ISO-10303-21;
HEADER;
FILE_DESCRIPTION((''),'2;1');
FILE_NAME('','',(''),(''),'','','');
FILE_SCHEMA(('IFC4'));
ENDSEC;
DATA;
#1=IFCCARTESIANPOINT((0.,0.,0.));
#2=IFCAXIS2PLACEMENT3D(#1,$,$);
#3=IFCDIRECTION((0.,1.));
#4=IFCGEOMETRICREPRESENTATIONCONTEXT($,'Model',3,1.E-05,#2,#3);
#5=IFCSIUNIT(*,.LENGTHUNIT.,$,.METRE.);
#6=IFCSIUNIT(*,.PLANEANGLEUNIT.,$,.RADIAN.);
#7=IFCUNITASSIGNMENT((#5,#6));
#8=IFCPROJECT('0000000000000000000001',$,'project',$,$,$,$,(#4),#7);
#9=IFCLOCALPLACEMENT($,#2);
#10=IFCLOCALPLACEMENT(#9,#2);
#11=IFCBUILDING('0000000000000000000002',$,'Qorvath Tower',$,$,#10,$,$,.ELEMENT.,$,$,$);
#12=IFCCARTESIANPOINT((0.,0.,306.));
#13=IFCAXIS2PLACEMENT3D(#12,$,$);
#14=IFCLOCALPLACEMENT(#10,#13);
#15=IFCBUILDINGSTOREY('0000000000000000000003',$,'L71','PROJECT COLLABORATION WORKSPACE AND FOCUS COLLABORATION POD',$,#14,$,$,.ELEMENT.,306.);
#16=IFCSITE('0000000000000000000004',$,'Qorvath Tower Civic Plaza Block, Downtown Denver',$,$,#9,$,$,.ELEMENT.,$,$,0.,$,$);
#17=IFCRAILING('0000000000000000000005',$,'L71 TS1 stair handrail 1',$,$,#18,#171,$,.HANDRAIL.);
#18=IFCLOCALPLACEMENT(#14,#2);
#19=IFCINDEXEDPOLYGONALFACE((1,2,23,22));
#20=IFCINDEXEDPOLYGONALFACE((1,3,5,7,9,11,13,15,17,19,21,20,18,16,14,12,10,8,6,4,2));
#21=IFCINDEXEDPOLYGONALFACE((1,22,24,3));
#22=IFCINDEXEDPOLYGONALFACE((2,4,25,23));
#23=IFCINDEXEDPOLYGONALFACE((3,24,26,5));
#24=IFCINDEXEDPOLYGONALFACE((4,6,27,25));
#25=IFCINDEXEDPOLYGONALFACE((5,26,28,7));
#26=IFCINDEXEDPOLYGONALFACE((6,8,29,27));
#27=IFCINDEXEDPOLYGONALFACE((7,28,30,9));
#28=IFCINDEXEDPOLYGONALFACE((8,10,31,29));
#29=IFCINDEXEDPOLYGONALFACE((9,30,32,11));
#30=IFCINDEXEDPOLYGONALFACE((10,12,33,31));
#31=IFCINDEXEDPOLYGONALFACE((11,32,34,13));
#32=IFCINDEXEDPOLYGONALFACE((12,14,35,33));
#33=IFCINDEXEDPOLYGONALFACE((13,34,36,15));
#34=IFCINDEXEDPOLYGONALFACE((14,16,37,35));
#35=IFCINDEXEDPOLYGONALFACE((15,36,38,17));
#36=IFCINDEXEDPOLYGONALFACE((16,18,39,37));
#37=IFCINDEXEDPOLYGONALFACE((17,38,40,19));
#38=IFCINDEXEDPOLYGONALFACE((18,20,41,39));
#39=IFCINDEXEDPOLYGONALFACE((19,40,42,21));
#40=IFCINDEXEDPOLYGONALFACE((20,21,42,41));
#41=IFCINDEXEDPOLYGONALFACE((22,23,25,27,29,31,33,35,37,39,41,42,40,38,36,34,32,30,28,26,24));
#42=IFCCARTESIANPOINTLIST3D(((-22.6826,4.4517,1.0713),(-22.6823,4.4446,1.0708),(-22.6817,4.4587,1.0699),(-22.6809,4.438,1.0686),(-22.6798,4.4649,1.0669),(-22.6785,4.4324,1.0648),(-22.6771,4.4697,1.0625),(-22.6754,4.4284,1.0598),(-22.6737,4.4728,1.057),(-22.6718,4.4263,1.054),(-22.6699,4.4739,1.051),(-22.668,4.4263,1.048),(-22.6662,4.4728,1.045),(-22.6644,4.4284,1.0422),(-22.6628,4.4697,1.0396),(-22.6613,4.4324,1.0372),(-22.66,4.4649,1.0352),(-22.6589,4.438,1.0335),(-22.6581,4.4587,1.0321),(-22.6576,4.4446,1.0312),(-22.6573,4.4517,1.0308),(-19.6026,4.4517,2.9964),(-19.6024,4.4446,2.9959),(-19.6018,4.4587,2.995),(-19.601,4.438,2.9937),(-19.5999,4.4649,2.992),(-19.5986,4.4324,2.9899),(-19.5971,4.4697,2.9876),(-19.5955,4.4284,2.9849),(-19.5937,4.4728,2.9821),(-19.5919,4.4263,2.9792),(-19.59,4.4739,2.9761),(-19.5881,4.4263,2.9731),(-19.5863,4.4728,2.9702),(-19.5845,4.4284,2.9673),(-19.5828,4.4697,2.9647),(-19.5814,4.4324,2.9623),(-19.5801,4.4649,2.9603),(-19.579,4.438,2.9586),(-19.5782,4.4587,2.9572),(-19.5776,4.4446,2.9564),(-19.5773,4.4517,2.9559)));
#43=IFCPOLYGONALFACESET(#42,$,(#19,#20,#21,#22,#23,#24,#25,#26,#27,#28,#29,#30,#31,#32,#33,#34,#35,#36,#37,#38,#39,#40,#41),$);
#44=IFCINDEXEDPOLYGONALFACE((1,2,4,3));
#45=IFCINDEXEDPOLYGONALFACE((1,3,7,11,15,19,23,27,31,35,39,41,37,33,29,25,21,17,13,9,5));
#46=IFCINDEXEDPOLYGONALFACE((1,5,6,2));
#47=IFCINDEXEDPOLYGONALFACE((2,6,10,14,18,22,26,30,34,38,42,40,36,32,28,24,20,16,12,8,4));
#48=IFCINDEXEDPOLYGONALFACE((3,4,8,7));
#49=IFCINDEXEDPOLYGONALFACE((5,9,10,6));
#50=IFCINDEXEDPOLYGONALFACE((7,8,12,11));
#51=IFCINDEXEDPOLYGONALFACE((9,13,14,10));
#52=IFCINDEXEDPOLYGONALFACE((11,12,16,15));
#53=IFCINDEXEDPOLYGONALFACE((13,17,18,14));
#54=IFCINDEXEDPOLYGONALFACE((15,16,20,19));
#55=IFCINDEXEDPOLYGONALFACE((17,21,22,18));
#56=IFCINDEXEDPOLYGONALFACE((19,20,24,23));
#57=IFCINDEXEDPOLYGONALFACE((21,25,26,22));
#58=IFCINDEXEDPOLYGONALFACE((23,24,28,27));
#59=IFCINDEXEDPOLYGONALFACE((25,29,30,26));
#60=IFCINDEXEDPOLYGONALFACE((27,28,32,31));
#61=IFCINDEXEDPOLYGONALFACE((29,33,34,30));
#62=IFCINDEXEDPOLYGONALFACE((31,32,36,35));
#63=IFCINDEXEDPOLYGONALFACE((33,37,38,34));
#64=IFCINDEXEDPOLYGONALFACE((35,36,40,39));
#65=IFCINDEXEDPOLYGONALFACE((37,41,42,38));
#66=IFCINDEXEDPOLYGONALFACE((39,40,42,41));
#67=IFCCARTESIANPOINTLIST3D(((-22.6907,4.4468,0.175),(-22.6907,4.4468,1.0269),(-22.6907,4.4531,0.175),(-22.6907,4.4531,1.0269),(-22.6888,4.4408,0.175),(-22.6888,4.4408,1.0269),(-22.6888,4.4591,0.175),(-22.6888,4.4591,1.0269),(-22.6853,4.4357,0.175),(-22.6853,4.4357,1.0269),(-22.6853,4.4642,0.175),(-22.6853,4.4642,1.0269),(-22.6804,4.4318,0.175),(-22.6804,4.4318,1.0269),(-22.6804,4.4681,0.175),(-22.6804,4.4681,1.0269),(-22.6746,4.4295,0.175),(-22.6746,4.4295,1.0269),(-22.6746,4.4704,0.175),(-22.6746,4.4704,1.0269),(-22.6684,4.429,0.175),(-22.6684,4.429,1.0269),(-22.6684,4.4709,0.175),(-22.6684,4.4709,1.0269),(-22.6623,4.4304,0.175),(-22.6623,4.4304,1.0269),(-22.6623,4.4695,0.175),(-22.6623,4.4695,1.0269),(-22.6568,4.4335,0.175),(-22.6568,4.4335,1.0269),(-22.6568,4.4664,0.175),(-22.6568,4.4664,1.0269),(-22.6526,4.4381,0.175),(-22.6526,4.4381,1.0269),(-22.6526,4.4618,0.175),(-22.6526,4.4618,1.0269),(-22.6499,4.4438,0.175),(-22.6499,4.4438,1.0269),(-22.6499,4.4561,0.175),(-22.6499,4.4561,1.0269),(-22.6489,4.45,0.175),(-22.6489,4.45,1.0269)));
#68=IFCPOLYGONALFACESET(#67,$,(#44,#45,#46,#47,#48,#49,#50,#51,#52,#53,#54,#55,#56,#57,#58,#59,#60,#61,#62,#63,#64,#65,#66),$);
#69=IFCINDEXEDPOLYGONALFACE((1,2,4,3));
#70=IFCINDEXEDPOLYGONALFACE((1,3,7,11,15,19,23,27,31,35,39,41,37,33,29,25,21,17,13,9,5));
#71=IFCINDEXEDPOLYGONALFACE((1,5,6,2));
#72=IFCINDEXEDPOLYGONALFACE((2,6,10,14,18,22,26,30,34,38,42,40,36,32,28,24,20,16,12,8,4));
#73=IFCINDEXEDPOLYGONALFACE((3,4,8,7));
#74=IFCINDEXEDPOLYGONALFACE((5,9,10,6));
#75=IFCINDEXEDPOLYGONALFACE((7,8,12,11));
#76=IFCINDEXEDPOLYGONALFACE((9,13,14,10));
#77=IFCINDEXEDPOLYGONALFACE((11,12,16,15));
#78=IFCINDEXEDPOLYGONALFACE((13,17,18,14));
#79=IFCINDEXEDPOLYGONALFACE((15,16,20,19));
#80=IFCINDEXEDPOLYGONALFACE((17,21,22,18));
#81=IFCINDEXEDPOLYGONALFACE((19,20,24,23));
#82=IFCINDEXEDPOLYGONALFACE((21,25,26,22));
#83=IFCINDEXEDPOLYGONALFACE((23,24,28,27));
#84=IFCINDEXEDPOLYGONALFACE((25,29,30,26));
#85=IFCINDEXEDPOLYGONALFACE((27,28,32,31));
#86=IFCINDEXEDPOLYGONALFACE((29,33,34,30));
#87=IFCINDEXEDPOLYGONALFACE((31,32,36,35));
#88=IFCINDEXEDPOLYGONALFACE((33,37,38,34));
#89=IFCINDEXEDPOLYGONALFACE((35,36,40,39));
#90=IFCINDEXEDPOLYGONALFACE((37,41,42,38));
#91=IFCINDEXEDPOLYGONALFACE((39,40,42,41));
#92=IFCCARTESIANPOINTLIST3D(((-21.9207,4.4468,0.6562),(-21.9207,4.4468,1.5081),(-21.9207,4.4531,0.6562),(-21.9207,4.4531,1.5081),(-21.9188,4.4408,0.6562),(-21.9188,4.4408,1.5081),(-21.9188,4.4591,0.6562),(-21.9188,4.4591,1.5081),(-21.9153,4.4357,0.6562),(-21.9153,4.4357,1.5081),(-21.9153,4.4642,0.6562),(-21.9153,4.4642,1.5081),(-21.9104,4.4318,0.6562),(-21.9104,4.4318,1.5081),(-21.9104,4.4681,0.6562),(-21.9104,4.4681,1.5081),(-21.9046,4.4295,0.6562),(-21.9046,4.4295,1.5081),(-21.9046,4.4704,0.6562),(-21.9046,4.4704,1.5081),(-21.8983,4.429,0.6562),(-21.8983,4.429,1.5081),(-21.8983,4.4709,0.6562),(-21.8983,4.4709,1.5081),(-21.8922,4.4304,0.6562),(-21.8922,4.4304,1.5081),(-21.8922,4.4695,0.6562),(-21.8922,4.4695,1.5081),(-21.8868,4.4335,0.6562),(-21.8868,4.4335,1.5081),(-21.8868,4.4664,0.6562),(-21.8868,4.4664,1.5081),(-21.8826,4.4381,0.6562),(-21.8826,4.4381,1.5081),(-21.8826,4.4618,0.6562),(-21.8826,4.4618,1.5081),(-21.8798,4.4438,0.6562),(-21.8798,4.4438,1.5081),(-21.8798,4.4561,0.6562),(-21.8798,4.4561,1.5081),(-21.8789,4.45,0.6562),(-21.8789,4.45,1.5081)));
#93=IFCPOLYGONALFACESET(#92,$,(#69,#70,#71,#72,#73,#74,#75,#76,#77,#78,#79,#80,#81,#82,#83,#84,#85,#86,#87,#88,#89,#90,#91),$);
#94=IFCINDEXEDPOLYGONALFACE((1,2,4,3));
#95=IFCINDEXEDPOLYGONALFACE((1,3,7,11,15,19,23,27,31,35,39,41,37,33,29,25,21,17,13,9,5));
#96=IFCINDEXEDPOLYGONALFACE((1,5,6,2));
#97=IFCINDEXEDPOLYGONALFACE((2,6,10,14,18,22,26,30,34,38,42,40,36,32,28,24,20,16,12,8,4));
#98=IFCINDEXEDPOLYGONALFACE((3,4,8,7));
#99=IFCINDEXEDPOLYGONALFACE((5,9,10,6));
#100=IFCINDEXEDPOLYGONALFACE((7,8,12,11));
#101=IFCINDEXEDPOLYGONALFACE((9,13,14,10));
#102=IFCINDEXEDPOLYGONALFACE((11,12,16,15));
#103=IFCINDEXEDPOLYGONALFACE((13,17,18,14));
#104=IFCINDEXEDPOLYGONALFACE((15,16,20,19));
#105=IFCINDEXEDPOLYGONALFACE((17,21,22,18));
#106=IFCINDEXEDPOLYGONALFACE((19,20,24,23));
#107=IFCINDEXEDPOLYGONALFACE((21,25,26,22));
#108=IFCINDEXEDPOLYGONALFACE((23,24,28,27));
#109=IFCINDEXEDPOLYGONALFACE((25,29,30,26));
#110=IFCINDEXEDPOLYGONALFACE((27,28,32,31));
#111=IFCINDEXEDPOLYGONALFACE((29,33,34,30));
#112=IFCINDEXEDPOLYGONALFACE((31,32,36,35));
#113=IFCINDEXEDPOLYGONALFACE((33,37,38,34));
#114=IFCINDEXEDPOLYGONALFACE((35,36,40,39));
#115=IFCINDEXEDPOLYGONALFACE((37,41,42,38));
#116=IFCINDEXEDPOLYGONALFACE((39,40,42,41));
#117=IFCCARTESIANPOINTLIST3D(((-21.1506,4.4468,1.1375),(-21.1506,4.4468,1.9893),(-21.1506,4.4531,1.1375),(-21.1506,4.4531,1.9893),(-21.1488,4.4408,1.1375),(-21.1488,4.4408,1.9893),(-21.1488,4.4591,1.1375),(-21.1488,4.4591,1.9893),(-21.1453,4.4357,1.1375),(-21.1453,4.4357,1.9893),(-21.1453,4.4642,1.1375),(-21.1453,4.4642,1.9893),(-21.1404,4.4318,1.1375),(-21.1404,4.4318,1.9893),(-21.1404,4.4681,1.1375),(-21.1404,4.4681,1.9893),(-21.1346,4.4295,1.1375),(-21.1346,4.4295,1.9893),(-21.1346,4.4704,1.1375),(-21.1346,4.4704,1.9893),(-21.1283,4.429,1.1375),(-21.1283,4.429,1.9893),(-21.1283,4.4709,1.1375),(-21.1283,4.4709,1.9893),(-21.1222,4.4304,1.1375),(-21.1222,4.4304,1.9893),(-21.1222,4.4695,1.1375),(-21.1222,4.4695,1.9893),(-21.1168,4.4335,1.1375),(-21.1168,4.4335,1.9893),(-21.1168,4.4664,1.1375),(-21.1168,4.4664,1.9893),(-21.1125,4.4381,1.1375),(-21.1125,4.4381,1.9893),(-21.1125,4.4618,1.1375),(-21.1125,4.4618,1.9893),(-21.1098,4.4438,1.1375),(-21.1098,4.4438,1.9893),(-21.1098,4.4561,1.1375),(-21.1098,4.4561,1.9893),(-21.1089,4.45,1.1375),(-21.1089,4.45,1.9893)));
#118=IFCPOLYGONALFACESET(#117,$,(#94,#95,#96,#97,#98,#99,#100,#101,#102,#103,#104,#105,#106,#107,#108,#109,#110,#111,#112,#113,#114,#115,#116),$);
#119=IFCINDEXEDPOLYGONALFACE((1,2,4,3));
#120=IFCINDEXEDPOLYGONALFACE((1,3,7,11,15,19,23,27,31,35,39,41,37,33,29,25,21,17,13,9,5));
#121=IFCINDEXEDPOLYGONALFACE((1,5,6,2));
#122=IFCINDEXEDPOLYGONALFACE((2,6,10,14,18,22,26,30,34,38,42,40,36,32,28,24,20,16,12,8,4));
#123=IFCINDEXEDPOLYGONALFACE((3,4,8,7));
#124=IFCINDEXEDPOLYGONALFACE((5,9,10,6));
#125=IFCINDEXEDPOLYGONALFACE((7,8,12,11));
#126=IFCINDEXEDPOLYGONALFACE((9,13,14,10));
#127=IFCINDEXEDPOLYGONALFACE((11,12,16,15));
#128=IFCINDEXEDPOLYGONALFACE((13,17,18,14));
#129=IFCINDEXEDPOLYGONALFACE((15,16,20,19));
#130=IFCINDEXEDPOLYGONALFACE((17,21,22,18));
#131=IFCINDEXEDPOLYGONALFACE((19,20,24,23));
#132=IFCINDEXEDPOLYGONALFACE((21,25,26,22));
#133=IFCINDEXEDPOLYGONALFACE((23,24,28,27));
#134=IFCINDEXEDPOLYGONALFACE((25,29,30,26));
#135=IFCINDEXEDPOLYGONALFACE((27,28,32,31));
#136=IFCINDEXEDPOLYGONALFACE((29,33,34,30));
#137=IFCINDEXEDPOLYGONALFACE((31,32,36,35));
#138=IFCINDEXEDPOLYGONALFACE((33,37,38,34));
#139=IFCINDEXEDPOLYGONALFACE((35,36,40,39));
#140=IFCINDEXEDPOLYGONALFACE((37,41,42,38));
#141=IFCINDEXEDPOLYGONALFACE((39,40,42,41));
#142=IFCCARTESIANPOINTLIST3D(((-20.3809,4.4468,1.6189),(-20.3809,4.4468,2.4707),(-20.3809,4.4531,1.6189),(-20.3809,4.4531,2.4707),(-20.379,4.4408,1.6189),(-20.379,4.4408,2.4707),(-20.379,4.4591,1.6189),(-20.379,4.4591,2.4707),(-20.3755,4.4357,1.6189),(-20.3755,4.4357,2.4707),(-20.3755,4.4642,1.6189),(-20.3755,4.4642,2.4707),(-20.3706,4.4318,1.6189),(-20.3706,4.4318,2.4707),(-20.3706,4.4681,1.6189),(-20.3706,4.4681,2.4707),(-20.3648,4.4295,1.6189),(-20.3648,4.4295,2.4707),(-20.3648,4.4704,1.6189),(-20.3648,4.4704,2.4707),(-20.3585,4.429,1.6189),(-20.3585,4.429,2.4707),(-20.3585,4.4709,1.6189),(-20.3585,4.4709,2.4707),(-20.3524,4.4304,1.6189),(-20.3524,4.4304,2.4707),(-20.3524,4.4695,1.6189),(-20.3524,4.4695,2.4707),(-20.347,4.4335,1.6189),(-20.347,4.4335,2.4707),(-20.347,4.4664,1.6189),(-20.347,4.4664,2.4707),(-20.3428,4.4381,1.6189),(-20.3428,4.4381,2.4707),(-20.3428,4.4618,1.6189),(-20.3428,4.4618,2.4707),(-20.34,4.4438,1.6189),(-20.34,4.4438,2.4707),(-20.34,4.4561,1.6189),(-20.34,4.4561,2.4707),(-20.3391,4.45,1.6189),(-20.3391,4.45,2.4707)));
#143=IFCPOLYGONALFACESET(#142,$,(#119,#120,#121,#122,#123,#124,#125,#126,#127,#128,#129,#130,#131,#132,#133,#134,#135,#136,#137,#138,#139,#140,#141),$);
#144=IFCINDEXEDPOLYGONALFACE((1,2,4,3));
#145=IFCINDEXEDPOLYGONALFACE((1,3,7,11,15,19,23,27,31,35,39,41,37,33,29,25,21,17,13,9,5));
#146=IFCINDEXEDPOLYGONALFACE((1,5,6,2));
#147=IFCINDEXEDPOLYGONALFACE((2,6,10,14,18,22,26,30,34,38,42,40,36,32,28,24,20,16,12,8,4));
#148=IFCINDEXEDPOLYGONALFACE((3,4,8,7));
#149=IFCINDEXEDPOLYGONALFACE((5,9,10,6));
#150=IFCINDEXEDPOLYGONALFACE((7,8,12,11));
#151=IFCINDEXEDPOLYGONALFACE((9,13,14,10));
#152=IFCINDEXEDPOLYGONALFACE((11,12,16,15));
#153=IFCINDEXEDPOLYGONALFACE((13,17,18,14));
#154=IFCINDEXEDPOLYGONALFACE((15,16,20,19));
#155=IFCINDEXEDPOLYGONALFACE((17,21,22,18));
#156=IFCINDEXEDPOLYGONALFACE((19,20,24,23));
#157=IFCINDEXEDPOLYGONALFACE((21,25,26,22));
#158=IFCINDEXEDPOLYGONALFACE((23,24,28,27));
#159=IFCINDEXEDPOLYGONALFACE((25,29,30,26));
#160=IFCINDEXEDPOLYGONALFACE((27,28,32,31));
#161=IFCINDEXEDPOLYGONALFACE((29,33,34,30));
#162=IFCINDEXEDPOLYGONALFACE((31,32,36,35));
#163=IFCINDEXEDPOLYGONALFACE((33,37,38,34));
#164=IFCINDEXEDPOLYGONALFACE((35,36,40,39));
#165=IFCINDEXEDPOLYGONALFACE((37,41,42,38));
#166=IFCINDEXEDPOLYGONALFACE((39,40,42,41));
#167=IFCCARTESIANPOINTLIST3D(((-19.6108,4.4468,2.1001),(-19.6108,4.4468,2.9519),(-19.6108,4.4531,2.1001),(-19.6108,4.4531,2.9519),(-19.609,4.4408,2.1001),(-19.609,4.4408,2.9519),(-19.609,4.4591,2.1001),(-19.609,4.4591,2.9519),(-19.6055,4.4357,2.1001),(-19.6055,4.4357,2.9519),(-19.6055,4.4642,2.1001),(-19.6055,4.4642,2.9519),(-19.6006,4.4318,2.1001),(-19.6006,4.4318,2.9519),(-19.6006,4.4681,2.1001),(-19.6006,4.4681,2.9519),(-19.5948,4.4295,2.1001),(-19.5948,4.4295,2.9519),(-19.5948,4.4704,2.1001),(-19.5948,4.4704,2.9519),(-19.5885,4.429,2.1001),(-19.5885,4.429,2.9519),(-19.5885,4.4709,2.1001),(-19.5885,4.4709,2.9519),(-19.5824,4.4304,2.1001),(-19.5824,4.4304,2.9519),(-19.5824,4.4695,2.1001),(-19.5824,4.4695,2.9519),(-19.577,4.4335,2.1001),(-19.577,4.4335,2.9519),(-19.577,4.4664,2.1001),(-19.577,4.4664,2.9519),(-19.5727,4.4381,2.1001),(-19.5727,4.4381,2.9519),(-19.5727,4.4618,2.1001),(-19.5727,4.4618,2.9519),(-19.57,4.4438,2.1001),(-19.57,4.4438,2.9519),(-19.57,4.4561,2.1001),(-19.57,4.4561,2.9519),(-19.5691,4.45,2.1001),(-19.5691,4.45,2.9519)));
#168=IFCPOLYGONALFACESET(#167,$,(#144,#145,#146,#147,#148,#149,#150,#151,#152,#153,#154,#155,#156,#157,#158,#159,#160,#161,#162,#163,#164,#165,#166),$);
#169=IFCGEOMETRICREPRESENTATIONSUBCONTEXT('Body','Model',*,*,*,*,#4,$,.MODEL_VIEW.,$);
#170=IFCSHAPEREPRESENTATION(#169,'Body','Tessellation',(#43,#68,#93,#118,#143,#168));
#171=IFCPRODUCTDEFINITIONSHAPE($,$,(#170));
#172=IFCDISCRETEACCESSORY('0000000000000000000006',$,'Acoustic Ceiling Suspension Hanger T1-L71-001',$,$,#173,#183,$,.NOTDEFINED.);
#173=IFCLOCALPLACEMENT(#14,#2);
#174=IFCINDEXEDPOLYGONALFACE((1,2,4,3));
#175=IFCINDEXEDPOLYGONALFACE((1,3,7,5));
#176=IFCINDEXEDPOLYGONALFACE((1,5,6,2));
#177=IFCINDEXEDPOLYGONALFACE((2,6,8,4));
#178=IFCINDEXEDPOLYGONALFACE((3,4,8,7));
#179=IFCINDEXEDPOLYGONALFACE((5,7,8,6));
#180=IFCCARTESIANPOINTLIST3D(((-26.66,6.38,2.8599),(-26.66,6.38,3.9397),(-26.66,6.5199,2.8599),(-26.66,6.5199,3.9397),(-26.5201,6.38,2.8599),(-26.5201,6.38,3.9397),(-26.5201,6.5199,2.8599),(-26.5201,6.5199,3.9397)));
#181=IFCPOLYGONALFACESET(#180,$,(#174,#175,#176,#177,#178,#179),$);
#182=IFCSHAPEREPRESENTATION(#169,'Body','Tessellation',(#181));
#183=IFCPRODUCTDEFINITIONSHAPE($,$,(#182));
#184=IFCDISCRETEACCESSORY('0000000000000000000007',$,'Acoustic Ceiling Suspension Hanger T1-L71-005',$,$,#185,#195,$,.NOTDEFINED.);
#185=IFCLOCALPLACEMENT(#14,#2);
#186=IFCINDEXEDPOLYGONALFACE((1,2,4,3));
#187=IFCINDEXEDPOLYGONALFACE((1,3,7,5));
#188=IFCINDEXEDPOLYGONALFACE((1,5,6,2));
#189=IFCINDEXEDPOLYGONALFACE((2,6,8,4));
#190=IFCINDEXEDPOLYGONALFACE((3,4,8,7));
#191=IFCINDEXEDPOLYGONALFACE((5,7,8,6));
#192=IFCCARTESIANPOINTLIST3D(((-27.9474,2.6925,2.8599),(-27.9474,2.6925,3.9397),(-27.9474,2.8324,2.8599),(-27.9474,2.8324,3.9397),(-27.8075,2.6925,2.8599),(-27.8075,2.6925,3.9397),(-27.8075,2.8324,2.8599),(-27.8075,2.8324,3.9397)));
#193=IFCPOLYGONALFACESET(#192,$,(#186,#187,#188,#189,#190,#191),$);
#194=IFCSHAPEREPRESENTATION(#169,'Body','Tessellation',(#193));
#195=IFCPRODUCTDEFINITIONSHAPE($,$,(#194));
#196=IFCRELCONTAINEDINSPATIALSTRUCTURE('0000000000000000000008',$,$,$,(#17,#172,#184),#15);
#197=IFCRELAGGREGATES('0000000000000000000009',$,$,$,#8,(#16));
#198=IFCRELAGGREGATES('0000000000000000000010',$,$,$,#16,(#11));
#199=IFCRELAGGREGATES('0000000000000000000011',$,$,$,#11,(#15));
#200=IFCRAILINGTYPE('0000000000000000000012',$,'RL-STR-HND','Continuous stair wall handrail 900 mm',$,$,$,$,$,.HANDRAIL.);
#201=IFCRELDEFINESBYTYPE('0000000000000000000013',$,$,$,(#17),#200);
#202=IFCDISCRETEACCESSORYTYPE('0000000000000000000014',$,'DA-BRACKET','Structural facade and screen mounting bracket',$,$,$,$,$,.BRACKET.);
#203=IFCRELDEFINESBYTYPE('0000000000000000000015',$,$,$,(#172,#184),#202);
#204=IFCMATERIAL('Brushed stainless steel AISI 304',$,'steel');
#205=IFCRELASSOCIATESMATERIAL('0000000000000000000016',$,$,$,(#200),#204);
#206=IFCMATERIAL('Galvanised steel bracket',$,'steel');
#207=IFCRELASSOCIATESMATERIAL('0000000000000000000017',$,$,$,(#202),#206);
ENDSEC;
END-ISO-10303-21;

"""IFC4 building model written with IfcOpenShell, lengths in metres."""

from ifc_helpers import new_model, si_unit, direction, frame, origin, origin_2d, place, context, subcontext, project, spatial, rectangle, circle, extrude, material, type_object, element, save


model = new_model("IFC4")

# Units and contexts
model_context = context("Model", 3, precision=1e-05, world=origin(), true_north=direction((0.0, 1.0)))
body_context = subcontext(model_context, "Body", "Model", "MODEL_VIEW")
ifc_project = project(units=[si_unit("LENGTHUNIT", "METRE"), si_unit("PLANEANGLEUNIT", "RADIAN")], contexts=[model_context])

# Site, building, storey
site_placement = place(None, origin())
site = spatial("IfcSite", under=ifc_project, at=site_placement, Name="Qorvath Tower Civic Plaza Block, Downtown Denver", CompositionType="ELEMENT", RefElevation=0.0)
building_placement = place(site_placement, origin())
building = spatial("IfcBuilding", under=site, at=building_placement, Name="Qorvath Tower", CompositionType="ELEMENT")
storey_placement = place(building_placement, frame((0.0, 0.0, 306.0)))
storey = spatial("IfcBuildingStorey", under=building, at=storey_placement, Name="L71", Description="PROJECT COLLABORATION WORKSPACE AND FOCUS COLLABORATION POD", CompositionType="ELEMENT", Elevation=306.0)

# Railing
ifc_material_1 = material(Name="Brushed stainless steel AISI 304", Category="steel")
railing_type_1 = type_object("IfcRailingType", Name="RL-STR-HND", Description="Continuous stair wall handrail 900 mm", PredefinedType="HANDRAIL", material=ifc_material_1)
railing_1_placement = place(storey_placement, frame((-22.6699, 4.45, 0.175)))
element("IfcRailing", 1, at=railing_1_placement, inside=storey, type_object=railing_type_1, Name="L71 TS1 stair handrail 1", PredefinedType="HANDRAIL", context=body_context, shape_type="SweptSolid", body=[
    extrude(circle(Radius=0.0239, at=origin_2d()), frame((0.0, 0.0, 0.876), z_axis=(0.847979, 0.0, 0.530029), x_axis=(0.0, 1.0, 0.0)), (0.0, 0.0, 1.0), 3.6321),
    extrude(circle(Radius=0.021, at=origin_2d()), origin(), (0.0, 0.0, 1.0), 0.8518),
    extrude(circle(Radius=0.021, at=origin_2d()), frame((0.77, 0.0, 0.4812)), (0.0, 0.0, 1.0), 0.8518),
    extrude(circle(Radius=0.021, at=origin_2d()), frame((1.54, 0.0, 0.9624)), (0.0, 0.0, 1.0), 0.8518),
    extrude(circle(Radius=0.021, at=origin_2d()), frame((2.3098, 0.0, 1.4438)), (0.0, 0.0, 1.0), 0.8518),
    extrude(circle(Radius=0.021, at=origin_2d()), frame((3.0798, 0.0, 1.925)), (0.0, 0.0, 1.0), 0.8518),
])

# Discrete accessories
ifc_material_2 = material(Name="Galvanised steel bracket", Category="steel")
discrete_accessory_type = type_object("IfcDiscreteAccessoryType", Name="DA-BRACKET", Description="Structural facade and screen mounting bracket", PredefinedType="BRACKET", material=ifc_material_2)
for number, where, z_axis, x_axis, name in (
    (2, (-26.5901, 6.45, 2.8599), (0.0, 0.0, 1.0), (1.0, 0.0, 0.0), "Acoustic Ceiling Suspension Hanger T1-L71-001"),
    (3, (-27.8774, 2.7625, 2.8599), (0.0, 0.0, 1.0), (1.0, 0.0, 0.0), "Acoustic Ceiling Suspension Hanger T1-L71-005"),
):
    element("IfcDiscreteAccessory", number, at=place(storey_placement, frame(where, z_axis=z_axis, x_axis=x_axis)), inside=storey, type_object=discrete_accessory_type, Name=name, PredefinedType="NOTDEFINED", context=body_context, shape_type="SweptSolid", body=[
        extrude(rectangle(XDim=0.1399, YDim=0.1399, at=origin_2d()), origin(), (0.0, 0.0, 1.0), 1.0798),
    ])

save(model, "model.ifc")
